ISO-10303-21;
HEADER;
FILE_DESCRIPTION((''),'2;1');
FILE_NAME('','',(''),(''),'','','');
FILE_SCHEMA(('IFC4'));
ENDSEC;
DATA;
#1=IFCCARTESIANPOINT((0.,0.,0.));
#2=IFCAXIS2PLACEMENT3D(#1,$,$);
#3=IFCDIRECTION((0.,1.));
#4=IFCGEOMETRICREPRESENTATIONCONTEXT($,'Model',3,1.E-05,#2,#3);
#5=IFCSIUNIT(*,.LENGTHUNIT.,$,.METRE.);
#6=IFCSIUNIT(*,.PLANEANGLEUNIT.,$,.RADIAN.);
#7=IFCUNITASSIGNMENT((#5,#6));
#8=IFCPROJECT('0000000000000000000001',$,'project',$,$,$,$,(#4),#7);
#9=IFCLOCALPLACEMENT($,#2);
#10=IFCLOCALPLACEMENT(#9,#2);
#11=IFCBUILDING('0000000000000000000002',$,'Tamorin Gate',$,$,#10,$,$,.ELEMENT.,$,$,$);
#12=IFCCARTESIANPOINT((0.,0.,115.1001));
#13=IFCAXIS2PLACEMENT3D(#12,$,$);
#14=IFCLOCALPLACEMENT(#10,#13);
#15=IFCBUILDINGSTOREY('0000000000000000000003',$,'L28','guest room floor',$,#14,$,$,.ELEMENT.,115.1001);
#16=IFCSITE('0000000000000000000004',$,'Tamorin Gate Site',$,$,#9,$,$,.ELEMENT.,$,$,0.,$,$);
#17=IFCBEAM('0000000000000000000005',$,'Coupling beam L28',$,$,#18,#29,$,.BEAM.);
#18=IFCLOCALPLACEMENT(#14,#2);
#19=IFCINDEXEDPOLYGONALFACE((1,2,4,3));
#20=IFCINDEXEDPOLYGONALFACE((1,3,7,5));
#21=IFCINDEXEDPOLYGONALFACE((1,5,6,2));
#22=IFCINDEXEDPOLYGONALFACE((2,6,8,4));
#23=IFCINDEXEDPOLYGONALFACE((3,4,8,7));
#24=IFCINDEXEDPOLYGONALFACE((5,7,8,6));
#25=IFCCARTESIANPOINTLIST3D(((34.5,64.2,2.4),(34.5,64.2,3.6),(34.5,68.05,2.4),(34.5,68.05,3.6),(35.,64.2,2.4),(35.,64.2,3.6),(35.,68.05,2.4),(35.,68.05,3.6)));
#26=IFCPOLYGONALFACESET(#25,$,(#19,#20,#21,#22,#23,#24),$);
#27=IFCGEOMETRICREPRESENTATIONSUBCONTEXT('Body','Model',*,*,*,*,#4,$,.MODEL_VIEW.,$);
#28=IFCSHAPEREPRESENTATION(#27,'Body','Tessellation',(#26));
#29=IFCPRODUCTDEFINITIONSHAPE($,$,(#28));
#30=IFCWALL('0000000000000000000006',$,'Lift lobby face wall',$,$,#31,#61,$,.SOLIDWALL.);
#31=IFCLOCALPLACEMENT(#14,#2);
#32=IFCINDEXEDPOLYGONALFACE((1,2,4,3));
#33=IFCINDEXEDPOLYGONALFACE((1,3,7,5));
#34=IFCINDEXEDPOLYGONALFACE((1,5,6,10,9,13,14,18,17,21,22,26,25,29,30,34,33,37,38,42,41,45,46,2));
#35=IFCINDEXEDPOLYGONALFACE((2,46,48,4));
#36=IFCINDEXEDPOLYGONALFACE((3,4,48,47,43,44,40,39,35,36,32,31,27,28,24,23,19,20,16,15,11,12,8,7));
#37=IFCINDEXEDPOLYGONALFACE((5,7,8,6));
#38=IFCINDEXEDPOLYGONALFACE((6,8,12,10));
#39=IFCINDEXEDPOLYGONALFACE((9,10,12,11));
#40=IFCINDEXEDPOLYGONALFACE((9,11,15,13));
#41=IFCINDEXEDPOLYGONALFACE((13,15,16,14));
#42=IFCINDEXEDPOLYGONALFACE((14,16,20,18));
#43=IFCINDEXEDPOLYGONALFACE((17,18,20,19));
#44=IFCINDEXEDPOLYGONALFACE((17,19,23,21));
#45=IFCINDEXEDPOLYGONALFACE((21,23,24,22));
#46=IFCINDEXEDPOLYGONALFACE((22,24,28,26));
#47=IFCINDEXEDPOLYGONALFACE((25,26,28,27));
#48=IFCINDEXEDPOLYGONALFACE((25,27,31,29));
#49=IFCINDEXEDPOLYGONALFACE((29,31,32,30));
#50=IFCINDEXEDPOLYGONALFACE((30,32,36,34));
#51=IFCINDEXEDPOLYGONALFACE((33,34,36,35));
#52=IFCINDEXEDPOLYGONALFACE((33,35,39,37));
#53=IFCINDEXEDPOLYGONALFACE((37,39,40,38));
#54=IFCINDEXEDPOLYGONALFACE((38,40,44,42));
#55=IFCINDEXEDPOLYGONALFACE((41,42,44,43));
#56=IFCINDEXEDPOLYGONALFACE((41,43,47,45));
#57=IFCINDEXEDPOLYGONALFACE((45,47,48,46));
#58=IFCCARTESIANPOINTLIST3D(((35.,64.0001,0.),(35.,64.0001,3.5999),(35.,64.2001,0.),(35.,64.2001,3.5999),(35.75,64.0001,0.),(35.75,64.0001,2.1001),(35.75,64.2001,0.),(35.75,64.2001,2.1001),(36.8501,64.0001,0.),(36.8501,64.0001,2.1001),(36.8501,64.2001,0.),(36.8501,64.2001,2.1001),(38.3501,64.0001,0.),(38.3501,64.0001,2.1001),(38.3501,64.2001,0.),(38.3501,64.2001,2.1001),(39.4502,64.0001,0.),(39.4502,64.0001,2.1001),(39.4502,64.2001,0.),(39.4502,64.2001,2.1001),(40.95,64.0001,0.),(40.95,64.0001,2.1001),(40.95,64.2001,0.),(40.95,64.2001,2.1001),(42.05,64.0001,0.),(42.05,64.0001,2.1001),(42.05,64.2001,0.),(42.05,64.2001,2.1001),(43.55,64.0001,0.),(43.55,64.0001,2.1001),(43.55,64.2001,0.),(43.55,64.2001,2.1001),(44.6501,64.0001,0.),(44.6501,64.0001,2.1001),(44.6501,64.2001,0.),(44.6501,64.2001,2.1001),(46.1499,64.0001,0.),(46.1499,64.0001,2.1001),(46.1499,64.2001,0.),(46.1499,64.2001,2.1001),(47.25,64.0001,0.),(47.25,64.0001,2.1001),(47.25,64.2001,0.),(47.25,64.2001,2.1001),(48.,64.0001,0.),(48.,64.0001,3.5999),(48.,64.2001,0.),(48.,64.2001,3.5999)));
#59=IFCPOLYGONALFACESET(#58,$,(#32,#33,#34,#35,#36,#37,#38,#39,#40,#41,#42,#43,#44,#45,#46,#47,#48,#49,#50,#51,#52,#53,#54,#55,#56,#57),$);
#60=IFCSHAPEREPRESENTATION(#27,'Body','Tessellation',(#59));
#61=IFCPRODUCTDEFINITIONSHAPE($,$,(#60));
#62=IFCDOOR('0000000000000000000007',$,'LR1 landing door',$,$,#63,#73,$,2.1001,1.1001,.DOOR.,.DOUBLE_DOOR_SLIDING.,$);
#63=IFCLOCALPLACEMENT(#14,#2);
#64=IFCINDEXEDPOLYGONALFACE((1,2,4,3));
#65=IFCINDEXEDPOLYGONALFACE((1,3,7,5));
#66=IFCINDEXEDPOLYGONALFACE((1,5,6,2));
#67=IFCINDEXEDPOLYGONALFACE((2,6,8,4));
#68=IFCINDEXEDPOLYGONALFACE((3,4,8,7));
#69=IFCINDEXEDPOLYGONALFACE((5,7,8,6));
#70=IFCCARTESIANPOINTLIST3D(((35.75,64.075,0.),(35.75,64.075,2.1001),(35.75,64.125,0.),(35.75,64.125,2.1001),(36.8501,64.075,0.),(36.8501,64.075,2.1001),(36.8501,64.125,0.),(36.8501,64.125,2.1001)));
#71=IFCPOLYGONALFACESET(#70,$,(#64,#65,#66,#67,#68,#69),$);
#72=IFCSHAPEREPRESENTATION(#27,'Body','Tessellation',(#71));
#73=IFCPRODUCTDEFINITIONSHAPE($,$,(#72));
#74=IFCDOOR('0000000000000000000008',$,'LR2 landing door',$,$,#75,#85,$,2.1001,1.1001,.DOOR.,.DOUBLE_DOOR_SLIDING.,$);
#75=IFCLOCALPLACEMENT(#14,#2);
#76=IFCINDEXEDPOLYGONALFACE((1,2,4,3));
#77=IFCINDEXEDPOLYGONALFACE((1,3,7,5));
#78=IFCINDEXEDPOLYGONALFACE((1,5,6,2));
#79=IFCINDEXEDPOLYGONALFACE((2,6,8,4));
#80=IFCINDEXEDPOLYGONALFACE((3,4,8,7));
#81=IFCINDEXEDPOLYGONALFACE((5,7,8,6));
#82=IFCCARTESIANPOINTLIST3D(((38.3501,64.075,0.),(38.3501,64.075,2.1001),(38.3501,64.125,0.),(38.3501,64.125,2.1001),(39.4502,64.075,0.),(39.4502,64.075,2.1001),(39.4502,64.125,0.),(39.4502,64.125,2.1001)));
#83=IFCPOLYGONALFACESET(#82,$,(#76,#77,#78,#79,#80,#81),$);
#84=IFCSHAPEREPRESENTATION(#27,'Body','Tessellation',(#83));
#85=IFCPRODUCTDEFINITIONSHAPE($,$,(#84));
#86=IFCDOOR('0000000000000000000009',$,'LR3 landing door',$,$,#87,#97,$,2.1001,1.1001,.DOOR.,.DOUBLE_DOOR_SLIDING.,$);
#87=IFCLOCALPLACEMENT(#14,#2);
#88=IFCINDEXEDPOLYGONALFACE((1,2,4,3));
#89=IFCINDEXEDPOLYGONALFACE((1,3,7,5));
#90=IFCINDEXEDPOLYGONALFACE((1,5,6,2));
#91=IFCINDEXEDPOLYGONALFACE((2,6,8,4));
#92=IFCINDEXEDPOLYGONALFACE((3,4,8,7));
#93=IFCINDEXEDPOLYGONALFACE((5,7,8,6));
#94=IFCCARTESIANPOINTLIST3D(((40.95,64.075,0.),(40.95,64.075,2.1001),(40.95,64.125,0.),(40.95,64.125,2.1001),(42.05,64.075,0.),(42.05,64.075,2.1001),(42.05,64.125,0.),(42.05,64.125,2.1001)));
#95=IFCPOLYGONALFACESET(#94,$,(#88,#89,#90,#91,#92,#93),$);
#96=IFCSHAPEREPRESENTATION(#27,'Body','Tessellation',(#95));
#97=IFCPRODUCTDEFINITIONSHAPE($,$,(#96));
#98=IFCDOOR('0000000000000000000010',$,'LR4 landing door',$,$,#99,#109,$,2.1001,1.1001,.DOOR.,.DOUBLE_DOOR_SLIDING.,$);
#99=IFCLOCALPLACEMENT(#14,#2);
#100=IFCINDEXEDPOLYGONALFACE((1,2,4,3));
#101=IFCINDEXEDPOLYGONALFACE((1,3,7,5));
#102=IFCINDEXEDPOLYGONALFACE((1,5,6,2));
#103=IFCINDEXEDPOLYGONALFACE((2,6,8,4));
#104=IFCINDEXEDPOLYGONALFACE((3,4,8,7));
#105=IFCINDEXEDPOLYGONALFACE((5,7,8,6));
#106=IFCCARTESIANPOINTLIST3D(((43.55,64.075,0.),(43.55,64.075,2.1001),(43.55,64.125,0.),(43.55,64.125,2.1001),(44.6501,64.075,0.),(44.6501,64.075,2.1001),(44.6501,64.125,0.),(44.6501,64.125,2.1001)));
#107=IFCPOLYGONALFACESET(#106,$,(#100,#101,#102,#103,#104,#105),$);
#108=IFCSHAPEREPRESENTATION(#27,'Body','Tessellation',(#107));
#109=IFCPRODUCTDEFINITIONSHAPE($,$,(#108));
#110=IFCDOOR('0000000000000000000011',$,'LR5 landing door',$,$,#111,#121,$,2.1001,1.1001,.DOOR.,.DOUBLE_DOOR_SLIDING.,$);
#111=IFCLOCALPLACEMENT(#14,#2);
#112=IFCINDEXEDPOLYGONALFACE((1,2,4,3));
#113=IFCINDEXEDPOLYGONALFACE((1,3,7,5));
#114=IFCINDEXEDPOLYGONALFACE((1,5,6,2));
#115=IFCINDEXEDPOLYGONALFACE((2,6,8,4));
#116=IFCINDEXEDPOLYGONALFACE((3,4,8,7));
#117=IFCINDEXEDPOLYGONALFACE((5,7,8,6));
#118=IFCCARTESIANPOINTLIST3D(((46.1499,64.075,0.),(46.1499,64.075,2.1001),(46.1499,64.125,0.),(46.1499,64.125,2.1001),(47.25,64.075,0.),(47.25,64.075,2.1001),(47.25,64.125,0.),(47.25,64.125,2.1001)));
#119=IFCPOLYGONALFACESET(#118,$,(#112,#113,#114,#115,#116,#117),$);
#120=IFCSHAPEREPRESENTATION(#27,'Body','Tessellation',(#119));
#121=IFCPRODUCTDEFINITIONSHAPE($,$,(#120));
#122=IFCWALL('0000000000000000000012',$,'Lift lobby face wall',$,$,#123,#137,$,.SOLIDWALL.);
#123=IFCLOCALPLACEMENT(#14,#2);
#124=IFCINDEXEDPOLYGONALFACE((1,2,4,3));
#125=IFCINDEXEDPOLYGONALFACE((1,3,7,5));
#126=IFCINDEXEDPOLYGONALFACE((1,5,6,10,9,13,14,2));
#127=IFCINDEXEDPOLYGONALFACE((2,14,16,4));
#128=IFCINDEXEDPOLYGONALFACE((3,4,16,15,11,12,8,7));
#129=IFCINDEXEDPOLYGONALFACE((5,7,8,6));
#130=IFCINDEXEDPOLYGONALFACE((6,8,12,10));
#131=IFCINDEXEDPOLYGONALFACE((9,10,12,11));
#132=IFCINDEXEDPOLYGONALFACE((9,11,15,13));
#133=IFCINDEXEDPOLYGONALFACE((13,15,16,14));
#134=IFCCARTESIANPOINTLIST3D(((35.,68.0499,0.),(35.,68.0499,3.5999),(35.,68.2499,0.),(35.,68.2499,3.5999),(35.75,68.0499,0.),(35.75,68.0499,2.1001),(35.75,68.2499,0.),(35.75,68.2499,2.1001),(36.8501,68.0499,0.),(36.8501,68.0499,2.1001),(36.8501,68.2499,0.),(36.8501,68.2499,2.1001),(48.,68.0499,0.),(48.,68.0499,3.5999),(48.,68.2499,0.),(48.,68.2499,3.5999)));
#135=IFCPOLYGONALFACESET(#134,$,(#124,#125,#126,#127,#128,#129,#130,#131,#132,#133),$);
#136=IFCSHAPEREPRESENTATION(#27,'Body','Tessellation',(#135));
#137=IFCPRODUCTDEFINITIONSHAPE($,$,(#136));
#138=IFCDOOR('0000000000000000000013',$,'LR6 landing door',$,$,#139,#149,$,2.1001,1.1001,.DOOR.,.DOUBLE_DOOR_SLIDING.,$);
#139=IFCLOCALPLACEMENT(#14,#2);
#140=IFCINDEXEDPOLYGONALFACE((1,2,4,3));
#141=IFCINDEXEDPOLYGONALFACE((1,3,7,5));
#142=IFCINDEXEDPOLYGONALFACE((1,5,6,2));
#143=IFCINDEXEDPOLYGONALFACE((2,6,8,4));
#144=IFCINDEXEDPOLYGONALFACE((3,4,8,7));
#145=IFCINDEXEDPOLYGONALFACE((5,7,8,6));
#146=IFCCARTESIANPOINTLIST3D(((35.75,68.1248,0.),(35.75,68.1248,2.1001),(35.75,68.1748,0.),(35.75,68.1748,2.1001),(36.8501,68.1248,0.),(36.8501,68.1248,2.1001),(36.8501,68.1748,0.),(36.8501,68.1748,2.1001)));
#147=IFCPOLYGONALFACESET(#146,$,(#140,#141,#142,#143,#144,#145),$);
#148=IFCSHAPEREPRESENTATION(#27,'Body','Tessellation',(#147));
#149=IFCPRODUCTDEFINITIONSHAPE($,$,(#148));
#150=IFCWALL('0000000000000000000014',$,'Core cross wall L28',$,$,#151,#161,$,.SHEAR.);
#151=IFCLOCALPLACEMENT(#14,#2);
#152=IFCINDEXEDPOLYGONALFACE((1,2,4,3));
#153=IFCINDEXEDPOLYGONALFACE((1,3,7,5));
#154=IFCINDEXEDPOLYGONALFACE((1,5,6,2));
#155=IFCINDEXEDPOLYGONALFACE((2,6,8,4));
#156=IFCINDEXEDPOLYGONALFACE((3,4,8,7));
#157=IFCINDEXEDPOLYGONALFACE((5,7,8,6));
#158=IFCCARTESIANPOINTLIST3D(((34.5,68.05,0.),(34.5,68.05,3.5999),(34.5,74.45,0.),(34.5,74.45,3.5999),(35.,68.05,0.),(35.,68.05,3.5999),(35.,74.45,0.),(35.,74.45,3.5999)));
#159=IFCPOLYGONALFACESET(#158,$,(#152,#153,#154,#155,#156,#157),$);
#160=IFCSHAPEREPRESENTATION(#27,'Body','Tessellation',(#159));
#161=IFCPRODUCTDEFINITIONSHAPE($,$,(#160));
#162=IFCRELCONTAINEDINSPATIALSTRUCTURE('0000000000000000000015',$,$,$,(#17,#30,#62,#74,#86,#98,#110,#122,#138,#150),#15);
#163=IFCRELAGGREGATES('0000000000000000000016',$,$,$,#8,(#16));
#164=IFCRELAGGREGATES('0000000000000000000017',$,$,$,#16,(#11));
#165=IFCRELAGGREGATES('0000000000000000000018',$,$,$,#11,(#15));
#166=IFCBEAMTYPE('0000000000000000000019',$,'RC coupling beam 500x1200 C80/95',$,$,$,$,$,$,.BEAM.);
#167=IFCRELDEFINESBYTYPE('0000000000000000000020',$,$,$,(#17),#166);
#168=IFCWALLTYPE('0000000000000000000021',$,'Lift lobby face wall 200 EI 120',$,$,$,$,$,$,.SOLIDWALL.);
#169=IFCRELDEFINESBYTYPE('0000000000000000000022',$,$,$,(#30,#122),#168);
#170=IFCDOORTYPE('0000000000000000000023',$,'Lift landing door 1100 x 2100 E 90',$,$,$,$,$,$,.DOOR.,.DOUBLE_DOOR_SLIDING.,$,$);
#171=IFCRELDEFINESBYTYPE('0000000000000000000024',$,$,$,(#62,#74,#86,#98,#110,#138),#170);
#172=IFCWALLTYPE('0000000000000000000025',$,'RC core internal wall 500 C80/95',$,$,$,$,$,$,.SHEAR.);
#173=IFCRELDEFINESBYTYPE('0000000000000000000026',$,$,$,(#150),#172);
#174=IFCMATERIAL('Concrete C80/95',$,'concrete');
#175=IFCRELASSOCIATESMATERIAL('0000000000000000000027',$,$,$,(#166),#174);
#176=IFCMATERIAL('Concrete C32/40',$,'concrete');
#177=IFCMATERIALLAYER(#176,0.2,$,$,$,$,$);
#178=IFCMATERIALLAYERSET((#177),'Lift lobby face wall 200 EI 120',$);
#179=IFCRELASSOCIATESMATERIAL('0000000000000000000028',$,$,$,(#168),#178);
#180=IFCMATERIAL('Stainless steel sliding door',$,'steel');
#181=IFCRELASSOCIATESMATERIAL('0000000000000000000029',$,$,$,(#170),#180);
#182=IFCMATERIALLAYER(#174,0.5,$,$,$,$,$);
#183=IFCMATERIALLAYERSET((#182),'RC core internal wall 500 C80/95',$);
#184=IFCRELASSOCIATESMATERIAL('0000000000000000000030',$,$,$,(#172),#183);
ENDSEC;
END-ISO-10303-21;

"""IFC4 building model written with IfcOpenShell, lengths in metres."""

from ifc_helpers import new_model, si_unit, direction, frame, frame_2d, origin, origin_2d, place, context, subcontext, project, spatial, rectangle, extrude, material, layer, layer_set, material_profile, profile_set, type_object, element, fill, save


model = new_model("IFC4")

# Units and contexts
model_context = context("Model", 3, precision=1e-05, world=origin(), true_north=direction((0.0, 1.0)))
body_context = subcontext(model_context, "Body", "Model", "MODEL_VIEW")
ifc_project = project(units=[si_unit("LENGTHUNIT", "METRE"), si_unit("PLANEANGLEUNIT", "RADIAN")], contexts=[model_context])

# Site, building, storey
site_placement = place(None, origin())
site = spatial("IfcSite", under=ifc_project, at=site_placement, Name="Tamorin Gate Site", CompositionType="ELEMENT", RefElevation=0.0)
building_placement = place(site_placement, origin())
building = spatial("IfcBuilding", under=site, at=building_placement, Name="Tamorin Gate", CompositionType="ELEMENT")
storey_placement = place(building_placement, frame((0.0, 0.0, 115.1001)))
storey = spatial("IfcBuildingStorey", under=building, at=storey_placement, Name="L28", Description="guest room floor", CompositionType="ELEMENT", Elevation=115.1001)

# Beam
ifc_material_1 = material(Name="Concrete C80/95", Category="concrete")
ifc_material_profile = material_profile(ifc_material_1, rectangle(XDim=0.5, YDim=1.2, at=origin_2d()), Name="RC 500x1200")
ifc_profile_set = profile_set([ifc_material_profile], Name="Concrete C80/95")
beam_type = type_object("IfcBeamType", Name="RC coupling beam 500x1200 C80/95", PredefinedType="BEAM", material=ifc_profile_set)
beam_placement = place(storey_placement, frame((34.75, 64.2, 3.0), z_axis=(0.0, 1.0, 0.0), x_axis=(-1.0, 0.0, 0.0)))
element("IfcBeam", 1, at=beam_placement, inside=storey, type_object=beam_type, Name="Coupling beam L28", PredefinedType="BEAM", context=body_context, shape_type="SweptSolid", body=[
    extrude(rectangle(XDim=0.5, YDim=1.2, at=origin_2d()), origin(), (0.0, 0.0, 1.0), 3.8501),
])

# Wall, openings, doors
ifc_material_2 = material(Name="Concrete C32/40", Category="concrete")
ifc_layer_1 = layer(ifc_material_2, 0.2)
ifc_layer_set_1 = layer_set([ifc_layer_1], Name="Lift lobby face wall 200 EI 120")
wall_type_1 = type_object("IfcWallType", Name="Lift lobby face wall 200 EI 120", PredefinedType="SOLIDWALL", material=ifc_layer_set_1)
wall_1_placement = place(storey_placement, frame((35.0, 64.1001, 0.0), z_axis=(0.0, 0.0, 1.0), x_axis=(1.0, 0.0, 0.0)))
wall_1 = element("IfcWall", 2, at=wall_1_placement, inside=storey, type_object=wall_type_1, Name="Lift lobby face wall", PredefinedType="SOLIDWALL", context=body_context, shape_type="SweptSolid", body=[
    extrude(rectangle(XDim=13.0, YDim=0.2, at=frame_2d((6.5, 0.0))), origin(), (0.0, 0.0, 1.0), 3.5999),
])
opening_1_placement = place(wall_1_placement, frame((0.75, 0.0, 0.0)))
opening_1 = element("IfcOpeningElement", 3, at=opening_1_placement, cuts=wall_1, PredefinedType="OPENING", context=body_context, shape_type="SweptSolid", body=[
    extrude(rectangle(XDim=1.1001, YDim=2.1001, at=frame_2d((0.55, 1.05))), frame((0.0, 0.1099, 0.0), z_axis=(0.0, -1.0, 0.0), x_axis=(1.0, 0.0, 0.0)), (0.0, 0.0, 1.0), 0.22),
])
opening_2_placement = place(wall_1_placement, frame((3.3501, 0.0, 0.0)))
opening_2 = element("IfcOpeningElement", 4, at=opening_2_placement, cuts=wall_1, PredefinedType="OPENING", context=body_context, shape_type="SweptSolid", body=[
    extrude(rectangle(XDim=1.1001, YDim=2.1001, at=frame_2d((0.55, 1.05))), frame((0.0, 0.1099, 0.0), z_axis=(0.0, -1.0, 0.0), x_axis=(1.0, 0.0, 0.0)), (0.0, 0.0, 1.0), 0.22),
])
opening_3_placement = place(wall_1_placement, frame((5.95, 0.0, 0.0)))
opening_3 = element("IfcOpeningElement", 5, at=opening_3_placement, cuts=wall_1, PredefinedType="OPENING", context=body_context, shape_type="SweptSolid", body=[
    extrude(rectangle(XDim=1.1001, YDim=2.1001, at=frame_2d((0.55, 1.05))), frame((0.0, 0.1099, 0.0), z_axis=(0.0, -1.0, 0.0), x_axis=(1.0, 0.0, 0.0)), (0.0, 0.0, 1.0), 0.22),
])
opening_4_placement = place(wall_1_placement, frame((8.55, 0.0, 0.0)))
opening_4 = element("IfcOpeningElement", 6, at=opening_4_placement, cuts=wall_1, PredefinedType="OPENING", context=body_context, shape_type="SweptSolid", body=[
    extrude(rectangle(XDim=1.1001, YDim=2.1001, at=frame_2d((0.55, 1.05))), frame((0.0, 0.1099, 0.0), z_axis=(0.0, -1.0, 0.0), x_axis=(1.0, 0.0, 0.0)), (0.0, 0.0, 1.0), 0.22),
])
opening_5_placement = place(wall_1_placement, frame((11.1499, 0.0, 0.0)))
opening_5 = element("IfcOpeningElement", 7, at=opening_5_placement, cuts=wall_1, PredefinedType="OPENING", context=body_context, shape_type="SweptSolid", body=[
    extrude(rectangle(XDim=1.1001, YDim=2.1001, at=frame_2d((0.55, 1.05))), frame((0.0, 0.1099, 0.0), z_axis=(0.0, -1.0, 0.0), x_axis=(1.0, 0.0, 0.0)), (0.0, 0.0, 1.0), 0.22),
])
ifc_material_3 = material(Name="Stainless steel sliding door", Category="steel")
door_type_1 = type_object("IfcDoorType", Name="Lift landing door 1100 x 2100 E 90", OperationType="DOUBLE_DOOR_SLIDING", PredefinedType="DOOR", material=ifc_material_3)
door_1_placement = place(opening_1_placement, origin())
door_1 = element("IfcDoor", 8, at=door_1_placement, inside=storey, type_object=door_type_1, Name="LR1 landing door", OperationType="DOUBLE_DOOR_SLIDING", OverallHeight=2.1001, OverallWidth=1.1001, PredefinedType="DOOR", context=body_context, shape_type="SweptSolid", body=[
    extrude(rectangle(XDim=1.1001, YDim=2.1001, at=frame_2d((0.55, 1.05))), frame((0.0, 0.0249, 0.0), z_axis=(0.0, -1.0, 0.0), x_axis=(1.0, 0.0, 0.0)), (0.0, 0.0, 1.0), 0.05),
])
fill(opening_1, door_1)
door_2_placement = place(opening_2_placement, origin())
door_2 = element("IfcDoor", 9, at=door_2_placement, inside=storey, type_object=door_type_1, Name="LR2 landing door", OperationType="DOUBLE_DOOR_SLIDING", OverallHeight=2.1001, OverallWidth=1.1001, PredefinedType="DOOR", context=body_context, shape_type="SweptSolid", body=[
    extrude(rectangle(XDim=1.1001, YDim=2.1001, at=frame_2d((0.55, 1.05))), frame((0.0, 0.0249, 0.0), z_axis=(0.0, -1.0, 0.0), x_axis=(1.0, 0.0, 0.0)), (0.0, 0.0, 1.0), 0.05),
])
fill(opening_2, door_2)
door_3_placement = place(opening_3_placement, origin())
door_3 = element("IfcDoor", 10, at=door_3_placement, inside=storey, type_object=door_type_1, Name="LR3 landing door", OperationType="DOUBLE_DOOR_SLIDING", OverallHeight=2.1001, OverallWidth=1.1001, PredefinedType="DOOR", context=body_context, shape_type="SweptSolid", body=[
    extrude(rectangle(XDim=1.1001, YDim=2.1001, at=frame_2d((0.55, 1.05))), frame((0.0, 0.0249, 0.0), z_axis=(0.0, -1.0, 0.0), x_axis=(1.0, 0.0, 0.0)), (0.0, 0.0, 1.0), 0.05),
])
fill(opening_3, door_3)
door_4_placement = place(opening_4_placement, origin())
door_4 = element("IfcDoor", 11, at=door_4_placement, inside=storey, type_object=door_type_1, Name="LR4 landing door", OperationType="DOUBLE_DOOR_SLIDING", OverallHeight=2.1001, OverallWidth=1.1001, PredefinedType="DOOR", context=body_context, shape_type="SweptSolid", body=[
    extrude(rectangle(XDim=1.1001, YDim=2.1001, at=frame_2d((0.55, 1.05))), frame((0.0, 0.0249, 0.0), z_axis=(0.0, -1.0, 0.0), x_axis=(1.0, 0.0, 0.0)), (0.0, 0.0, 1.0), 0.05),
])
fill(opening_4, door_4)
door_5_placement = place(opening_5_placement, origin())
door_5 = element("IfcDoor", 12, at=door_5_placement, inside=storey, type_object=door_type_1, Name="LR5 landing door", OperationType="DOUBLE_DOOR_SLIDING", OverallHeight=2.1001, OverallWidth=1.1001, PredefinedType="DOOR", context=body_context, shape_type="SweptSolid", body=[
    extrude(rectangle(XDim=1.1001, YDim=2.1001, at=frame_2d((0.55, 1.05))), frame((0.0, 0.0249, 0.0), z_axis=(0.0, -1.0, 0.0), x_axis=(1.0, 0.0, 0.0)), (0.0, 0.0, 1.0), 0.05),
])
fill(opening_5, door_5)

# Wall, opening, door
wall_2_placement = place(storey_placement, frame((35.0, 68.1499, 0.0), z_axis=(0.0, 0.0, 1.0), x_axis=(1.0, 0.0, 0.0)))
wall_2 = element("IfcWall", 13, at=wall_2_placement, inside=storey, type_object=wall_type_1, Name="Lift lobby face wall", PredefinedType="SOLIDWALL", context=body_context, shape_type="SweptSolid", body=[
    extrude(rectangle(XDim=13.0, YDim=0.2, at=frame_2d((6.5, 0.0))), origin(), (0.0, 0.0, 1.0), 3.5999),
])
opening_6_placement = place(wall_2_placement, frame((0.75, 0.0, 0.0)))
opening_6 = element("IfcOpeningElement", 14, at=opening_6_placement, cuts=wall_2, PredefinedType="OPENING", context=body_context, shape_type="SweptSolid", body=[
    extrude(rectangle(XDim=1.1001, YDim=2.1001, at=frame_2d((0.55, 1.05))), frame((0.0, 0.1099, 0.0), z_axis=(0.0, -1.0, 0.0), x_axis=(1.0, 0.0, 0.0)), (0.0, 0.0, 1.0), 0.22),
])
door_6_placement = place(opening_6_placement, origin())
door_6 = element("IfcDoor", 15, at=door_6_placement, inside=storey, type_object=door_type_1, Name="LR6 landing door", OperationType="DOUBLE_DOOR_SLIDING", OverallHeight=2.1001, OverallWidth=1.1001, PredefinedType="DOOR", context=body_context, shape_type="SweptSolid", body=[
    extrude(rectangle(XDim=1.1001, YDim=2.1001, at=frame_2d((0.55, 1.05))), frame((0.0, 0.0249, 0.0), z_axis=(0.0, -1.0, 0.0), x_axis=(1.0, 0.0, 0.0)), (0.0, 0.0, 1.0), 0.05),
])
fill(opening_6, door_6)

# Wall
ifc_layer_2 = layer(ifc_material_1, 0.5)
ifc_layer_set_2 = layer_set([ifc_layer_2], Name="RC core internal wall 500 C80/95")
wall_type_2 = type_object("IfcWallType", Name="RC core internal wall 500 C80/95", PredefinedType="SHEAR", material=ifc_layer_set_2)
wall_3_placement = place(storey_placement, frame((34.75, 68.05, 0.0), z_axis=(0.0, 0.0, 1.0), x_axis=(0.0, 1.0, 0.0)))
element("IfcWall", 16, at=wall_3_placement, inside=storey, type_object=wall_type_2, Name="Core cross wall L28", PredefinedType="SHEAR", context=body_context, shape_type="SweptSolid", body=[
    extrude(rectangle(XDim=6.3999, YDim=0.5, at=frame_2d((3.2, 0.0))), origin(), (0.0, 0.0, 1.0), 3.5999),
])

save(model, "model.ifc")
